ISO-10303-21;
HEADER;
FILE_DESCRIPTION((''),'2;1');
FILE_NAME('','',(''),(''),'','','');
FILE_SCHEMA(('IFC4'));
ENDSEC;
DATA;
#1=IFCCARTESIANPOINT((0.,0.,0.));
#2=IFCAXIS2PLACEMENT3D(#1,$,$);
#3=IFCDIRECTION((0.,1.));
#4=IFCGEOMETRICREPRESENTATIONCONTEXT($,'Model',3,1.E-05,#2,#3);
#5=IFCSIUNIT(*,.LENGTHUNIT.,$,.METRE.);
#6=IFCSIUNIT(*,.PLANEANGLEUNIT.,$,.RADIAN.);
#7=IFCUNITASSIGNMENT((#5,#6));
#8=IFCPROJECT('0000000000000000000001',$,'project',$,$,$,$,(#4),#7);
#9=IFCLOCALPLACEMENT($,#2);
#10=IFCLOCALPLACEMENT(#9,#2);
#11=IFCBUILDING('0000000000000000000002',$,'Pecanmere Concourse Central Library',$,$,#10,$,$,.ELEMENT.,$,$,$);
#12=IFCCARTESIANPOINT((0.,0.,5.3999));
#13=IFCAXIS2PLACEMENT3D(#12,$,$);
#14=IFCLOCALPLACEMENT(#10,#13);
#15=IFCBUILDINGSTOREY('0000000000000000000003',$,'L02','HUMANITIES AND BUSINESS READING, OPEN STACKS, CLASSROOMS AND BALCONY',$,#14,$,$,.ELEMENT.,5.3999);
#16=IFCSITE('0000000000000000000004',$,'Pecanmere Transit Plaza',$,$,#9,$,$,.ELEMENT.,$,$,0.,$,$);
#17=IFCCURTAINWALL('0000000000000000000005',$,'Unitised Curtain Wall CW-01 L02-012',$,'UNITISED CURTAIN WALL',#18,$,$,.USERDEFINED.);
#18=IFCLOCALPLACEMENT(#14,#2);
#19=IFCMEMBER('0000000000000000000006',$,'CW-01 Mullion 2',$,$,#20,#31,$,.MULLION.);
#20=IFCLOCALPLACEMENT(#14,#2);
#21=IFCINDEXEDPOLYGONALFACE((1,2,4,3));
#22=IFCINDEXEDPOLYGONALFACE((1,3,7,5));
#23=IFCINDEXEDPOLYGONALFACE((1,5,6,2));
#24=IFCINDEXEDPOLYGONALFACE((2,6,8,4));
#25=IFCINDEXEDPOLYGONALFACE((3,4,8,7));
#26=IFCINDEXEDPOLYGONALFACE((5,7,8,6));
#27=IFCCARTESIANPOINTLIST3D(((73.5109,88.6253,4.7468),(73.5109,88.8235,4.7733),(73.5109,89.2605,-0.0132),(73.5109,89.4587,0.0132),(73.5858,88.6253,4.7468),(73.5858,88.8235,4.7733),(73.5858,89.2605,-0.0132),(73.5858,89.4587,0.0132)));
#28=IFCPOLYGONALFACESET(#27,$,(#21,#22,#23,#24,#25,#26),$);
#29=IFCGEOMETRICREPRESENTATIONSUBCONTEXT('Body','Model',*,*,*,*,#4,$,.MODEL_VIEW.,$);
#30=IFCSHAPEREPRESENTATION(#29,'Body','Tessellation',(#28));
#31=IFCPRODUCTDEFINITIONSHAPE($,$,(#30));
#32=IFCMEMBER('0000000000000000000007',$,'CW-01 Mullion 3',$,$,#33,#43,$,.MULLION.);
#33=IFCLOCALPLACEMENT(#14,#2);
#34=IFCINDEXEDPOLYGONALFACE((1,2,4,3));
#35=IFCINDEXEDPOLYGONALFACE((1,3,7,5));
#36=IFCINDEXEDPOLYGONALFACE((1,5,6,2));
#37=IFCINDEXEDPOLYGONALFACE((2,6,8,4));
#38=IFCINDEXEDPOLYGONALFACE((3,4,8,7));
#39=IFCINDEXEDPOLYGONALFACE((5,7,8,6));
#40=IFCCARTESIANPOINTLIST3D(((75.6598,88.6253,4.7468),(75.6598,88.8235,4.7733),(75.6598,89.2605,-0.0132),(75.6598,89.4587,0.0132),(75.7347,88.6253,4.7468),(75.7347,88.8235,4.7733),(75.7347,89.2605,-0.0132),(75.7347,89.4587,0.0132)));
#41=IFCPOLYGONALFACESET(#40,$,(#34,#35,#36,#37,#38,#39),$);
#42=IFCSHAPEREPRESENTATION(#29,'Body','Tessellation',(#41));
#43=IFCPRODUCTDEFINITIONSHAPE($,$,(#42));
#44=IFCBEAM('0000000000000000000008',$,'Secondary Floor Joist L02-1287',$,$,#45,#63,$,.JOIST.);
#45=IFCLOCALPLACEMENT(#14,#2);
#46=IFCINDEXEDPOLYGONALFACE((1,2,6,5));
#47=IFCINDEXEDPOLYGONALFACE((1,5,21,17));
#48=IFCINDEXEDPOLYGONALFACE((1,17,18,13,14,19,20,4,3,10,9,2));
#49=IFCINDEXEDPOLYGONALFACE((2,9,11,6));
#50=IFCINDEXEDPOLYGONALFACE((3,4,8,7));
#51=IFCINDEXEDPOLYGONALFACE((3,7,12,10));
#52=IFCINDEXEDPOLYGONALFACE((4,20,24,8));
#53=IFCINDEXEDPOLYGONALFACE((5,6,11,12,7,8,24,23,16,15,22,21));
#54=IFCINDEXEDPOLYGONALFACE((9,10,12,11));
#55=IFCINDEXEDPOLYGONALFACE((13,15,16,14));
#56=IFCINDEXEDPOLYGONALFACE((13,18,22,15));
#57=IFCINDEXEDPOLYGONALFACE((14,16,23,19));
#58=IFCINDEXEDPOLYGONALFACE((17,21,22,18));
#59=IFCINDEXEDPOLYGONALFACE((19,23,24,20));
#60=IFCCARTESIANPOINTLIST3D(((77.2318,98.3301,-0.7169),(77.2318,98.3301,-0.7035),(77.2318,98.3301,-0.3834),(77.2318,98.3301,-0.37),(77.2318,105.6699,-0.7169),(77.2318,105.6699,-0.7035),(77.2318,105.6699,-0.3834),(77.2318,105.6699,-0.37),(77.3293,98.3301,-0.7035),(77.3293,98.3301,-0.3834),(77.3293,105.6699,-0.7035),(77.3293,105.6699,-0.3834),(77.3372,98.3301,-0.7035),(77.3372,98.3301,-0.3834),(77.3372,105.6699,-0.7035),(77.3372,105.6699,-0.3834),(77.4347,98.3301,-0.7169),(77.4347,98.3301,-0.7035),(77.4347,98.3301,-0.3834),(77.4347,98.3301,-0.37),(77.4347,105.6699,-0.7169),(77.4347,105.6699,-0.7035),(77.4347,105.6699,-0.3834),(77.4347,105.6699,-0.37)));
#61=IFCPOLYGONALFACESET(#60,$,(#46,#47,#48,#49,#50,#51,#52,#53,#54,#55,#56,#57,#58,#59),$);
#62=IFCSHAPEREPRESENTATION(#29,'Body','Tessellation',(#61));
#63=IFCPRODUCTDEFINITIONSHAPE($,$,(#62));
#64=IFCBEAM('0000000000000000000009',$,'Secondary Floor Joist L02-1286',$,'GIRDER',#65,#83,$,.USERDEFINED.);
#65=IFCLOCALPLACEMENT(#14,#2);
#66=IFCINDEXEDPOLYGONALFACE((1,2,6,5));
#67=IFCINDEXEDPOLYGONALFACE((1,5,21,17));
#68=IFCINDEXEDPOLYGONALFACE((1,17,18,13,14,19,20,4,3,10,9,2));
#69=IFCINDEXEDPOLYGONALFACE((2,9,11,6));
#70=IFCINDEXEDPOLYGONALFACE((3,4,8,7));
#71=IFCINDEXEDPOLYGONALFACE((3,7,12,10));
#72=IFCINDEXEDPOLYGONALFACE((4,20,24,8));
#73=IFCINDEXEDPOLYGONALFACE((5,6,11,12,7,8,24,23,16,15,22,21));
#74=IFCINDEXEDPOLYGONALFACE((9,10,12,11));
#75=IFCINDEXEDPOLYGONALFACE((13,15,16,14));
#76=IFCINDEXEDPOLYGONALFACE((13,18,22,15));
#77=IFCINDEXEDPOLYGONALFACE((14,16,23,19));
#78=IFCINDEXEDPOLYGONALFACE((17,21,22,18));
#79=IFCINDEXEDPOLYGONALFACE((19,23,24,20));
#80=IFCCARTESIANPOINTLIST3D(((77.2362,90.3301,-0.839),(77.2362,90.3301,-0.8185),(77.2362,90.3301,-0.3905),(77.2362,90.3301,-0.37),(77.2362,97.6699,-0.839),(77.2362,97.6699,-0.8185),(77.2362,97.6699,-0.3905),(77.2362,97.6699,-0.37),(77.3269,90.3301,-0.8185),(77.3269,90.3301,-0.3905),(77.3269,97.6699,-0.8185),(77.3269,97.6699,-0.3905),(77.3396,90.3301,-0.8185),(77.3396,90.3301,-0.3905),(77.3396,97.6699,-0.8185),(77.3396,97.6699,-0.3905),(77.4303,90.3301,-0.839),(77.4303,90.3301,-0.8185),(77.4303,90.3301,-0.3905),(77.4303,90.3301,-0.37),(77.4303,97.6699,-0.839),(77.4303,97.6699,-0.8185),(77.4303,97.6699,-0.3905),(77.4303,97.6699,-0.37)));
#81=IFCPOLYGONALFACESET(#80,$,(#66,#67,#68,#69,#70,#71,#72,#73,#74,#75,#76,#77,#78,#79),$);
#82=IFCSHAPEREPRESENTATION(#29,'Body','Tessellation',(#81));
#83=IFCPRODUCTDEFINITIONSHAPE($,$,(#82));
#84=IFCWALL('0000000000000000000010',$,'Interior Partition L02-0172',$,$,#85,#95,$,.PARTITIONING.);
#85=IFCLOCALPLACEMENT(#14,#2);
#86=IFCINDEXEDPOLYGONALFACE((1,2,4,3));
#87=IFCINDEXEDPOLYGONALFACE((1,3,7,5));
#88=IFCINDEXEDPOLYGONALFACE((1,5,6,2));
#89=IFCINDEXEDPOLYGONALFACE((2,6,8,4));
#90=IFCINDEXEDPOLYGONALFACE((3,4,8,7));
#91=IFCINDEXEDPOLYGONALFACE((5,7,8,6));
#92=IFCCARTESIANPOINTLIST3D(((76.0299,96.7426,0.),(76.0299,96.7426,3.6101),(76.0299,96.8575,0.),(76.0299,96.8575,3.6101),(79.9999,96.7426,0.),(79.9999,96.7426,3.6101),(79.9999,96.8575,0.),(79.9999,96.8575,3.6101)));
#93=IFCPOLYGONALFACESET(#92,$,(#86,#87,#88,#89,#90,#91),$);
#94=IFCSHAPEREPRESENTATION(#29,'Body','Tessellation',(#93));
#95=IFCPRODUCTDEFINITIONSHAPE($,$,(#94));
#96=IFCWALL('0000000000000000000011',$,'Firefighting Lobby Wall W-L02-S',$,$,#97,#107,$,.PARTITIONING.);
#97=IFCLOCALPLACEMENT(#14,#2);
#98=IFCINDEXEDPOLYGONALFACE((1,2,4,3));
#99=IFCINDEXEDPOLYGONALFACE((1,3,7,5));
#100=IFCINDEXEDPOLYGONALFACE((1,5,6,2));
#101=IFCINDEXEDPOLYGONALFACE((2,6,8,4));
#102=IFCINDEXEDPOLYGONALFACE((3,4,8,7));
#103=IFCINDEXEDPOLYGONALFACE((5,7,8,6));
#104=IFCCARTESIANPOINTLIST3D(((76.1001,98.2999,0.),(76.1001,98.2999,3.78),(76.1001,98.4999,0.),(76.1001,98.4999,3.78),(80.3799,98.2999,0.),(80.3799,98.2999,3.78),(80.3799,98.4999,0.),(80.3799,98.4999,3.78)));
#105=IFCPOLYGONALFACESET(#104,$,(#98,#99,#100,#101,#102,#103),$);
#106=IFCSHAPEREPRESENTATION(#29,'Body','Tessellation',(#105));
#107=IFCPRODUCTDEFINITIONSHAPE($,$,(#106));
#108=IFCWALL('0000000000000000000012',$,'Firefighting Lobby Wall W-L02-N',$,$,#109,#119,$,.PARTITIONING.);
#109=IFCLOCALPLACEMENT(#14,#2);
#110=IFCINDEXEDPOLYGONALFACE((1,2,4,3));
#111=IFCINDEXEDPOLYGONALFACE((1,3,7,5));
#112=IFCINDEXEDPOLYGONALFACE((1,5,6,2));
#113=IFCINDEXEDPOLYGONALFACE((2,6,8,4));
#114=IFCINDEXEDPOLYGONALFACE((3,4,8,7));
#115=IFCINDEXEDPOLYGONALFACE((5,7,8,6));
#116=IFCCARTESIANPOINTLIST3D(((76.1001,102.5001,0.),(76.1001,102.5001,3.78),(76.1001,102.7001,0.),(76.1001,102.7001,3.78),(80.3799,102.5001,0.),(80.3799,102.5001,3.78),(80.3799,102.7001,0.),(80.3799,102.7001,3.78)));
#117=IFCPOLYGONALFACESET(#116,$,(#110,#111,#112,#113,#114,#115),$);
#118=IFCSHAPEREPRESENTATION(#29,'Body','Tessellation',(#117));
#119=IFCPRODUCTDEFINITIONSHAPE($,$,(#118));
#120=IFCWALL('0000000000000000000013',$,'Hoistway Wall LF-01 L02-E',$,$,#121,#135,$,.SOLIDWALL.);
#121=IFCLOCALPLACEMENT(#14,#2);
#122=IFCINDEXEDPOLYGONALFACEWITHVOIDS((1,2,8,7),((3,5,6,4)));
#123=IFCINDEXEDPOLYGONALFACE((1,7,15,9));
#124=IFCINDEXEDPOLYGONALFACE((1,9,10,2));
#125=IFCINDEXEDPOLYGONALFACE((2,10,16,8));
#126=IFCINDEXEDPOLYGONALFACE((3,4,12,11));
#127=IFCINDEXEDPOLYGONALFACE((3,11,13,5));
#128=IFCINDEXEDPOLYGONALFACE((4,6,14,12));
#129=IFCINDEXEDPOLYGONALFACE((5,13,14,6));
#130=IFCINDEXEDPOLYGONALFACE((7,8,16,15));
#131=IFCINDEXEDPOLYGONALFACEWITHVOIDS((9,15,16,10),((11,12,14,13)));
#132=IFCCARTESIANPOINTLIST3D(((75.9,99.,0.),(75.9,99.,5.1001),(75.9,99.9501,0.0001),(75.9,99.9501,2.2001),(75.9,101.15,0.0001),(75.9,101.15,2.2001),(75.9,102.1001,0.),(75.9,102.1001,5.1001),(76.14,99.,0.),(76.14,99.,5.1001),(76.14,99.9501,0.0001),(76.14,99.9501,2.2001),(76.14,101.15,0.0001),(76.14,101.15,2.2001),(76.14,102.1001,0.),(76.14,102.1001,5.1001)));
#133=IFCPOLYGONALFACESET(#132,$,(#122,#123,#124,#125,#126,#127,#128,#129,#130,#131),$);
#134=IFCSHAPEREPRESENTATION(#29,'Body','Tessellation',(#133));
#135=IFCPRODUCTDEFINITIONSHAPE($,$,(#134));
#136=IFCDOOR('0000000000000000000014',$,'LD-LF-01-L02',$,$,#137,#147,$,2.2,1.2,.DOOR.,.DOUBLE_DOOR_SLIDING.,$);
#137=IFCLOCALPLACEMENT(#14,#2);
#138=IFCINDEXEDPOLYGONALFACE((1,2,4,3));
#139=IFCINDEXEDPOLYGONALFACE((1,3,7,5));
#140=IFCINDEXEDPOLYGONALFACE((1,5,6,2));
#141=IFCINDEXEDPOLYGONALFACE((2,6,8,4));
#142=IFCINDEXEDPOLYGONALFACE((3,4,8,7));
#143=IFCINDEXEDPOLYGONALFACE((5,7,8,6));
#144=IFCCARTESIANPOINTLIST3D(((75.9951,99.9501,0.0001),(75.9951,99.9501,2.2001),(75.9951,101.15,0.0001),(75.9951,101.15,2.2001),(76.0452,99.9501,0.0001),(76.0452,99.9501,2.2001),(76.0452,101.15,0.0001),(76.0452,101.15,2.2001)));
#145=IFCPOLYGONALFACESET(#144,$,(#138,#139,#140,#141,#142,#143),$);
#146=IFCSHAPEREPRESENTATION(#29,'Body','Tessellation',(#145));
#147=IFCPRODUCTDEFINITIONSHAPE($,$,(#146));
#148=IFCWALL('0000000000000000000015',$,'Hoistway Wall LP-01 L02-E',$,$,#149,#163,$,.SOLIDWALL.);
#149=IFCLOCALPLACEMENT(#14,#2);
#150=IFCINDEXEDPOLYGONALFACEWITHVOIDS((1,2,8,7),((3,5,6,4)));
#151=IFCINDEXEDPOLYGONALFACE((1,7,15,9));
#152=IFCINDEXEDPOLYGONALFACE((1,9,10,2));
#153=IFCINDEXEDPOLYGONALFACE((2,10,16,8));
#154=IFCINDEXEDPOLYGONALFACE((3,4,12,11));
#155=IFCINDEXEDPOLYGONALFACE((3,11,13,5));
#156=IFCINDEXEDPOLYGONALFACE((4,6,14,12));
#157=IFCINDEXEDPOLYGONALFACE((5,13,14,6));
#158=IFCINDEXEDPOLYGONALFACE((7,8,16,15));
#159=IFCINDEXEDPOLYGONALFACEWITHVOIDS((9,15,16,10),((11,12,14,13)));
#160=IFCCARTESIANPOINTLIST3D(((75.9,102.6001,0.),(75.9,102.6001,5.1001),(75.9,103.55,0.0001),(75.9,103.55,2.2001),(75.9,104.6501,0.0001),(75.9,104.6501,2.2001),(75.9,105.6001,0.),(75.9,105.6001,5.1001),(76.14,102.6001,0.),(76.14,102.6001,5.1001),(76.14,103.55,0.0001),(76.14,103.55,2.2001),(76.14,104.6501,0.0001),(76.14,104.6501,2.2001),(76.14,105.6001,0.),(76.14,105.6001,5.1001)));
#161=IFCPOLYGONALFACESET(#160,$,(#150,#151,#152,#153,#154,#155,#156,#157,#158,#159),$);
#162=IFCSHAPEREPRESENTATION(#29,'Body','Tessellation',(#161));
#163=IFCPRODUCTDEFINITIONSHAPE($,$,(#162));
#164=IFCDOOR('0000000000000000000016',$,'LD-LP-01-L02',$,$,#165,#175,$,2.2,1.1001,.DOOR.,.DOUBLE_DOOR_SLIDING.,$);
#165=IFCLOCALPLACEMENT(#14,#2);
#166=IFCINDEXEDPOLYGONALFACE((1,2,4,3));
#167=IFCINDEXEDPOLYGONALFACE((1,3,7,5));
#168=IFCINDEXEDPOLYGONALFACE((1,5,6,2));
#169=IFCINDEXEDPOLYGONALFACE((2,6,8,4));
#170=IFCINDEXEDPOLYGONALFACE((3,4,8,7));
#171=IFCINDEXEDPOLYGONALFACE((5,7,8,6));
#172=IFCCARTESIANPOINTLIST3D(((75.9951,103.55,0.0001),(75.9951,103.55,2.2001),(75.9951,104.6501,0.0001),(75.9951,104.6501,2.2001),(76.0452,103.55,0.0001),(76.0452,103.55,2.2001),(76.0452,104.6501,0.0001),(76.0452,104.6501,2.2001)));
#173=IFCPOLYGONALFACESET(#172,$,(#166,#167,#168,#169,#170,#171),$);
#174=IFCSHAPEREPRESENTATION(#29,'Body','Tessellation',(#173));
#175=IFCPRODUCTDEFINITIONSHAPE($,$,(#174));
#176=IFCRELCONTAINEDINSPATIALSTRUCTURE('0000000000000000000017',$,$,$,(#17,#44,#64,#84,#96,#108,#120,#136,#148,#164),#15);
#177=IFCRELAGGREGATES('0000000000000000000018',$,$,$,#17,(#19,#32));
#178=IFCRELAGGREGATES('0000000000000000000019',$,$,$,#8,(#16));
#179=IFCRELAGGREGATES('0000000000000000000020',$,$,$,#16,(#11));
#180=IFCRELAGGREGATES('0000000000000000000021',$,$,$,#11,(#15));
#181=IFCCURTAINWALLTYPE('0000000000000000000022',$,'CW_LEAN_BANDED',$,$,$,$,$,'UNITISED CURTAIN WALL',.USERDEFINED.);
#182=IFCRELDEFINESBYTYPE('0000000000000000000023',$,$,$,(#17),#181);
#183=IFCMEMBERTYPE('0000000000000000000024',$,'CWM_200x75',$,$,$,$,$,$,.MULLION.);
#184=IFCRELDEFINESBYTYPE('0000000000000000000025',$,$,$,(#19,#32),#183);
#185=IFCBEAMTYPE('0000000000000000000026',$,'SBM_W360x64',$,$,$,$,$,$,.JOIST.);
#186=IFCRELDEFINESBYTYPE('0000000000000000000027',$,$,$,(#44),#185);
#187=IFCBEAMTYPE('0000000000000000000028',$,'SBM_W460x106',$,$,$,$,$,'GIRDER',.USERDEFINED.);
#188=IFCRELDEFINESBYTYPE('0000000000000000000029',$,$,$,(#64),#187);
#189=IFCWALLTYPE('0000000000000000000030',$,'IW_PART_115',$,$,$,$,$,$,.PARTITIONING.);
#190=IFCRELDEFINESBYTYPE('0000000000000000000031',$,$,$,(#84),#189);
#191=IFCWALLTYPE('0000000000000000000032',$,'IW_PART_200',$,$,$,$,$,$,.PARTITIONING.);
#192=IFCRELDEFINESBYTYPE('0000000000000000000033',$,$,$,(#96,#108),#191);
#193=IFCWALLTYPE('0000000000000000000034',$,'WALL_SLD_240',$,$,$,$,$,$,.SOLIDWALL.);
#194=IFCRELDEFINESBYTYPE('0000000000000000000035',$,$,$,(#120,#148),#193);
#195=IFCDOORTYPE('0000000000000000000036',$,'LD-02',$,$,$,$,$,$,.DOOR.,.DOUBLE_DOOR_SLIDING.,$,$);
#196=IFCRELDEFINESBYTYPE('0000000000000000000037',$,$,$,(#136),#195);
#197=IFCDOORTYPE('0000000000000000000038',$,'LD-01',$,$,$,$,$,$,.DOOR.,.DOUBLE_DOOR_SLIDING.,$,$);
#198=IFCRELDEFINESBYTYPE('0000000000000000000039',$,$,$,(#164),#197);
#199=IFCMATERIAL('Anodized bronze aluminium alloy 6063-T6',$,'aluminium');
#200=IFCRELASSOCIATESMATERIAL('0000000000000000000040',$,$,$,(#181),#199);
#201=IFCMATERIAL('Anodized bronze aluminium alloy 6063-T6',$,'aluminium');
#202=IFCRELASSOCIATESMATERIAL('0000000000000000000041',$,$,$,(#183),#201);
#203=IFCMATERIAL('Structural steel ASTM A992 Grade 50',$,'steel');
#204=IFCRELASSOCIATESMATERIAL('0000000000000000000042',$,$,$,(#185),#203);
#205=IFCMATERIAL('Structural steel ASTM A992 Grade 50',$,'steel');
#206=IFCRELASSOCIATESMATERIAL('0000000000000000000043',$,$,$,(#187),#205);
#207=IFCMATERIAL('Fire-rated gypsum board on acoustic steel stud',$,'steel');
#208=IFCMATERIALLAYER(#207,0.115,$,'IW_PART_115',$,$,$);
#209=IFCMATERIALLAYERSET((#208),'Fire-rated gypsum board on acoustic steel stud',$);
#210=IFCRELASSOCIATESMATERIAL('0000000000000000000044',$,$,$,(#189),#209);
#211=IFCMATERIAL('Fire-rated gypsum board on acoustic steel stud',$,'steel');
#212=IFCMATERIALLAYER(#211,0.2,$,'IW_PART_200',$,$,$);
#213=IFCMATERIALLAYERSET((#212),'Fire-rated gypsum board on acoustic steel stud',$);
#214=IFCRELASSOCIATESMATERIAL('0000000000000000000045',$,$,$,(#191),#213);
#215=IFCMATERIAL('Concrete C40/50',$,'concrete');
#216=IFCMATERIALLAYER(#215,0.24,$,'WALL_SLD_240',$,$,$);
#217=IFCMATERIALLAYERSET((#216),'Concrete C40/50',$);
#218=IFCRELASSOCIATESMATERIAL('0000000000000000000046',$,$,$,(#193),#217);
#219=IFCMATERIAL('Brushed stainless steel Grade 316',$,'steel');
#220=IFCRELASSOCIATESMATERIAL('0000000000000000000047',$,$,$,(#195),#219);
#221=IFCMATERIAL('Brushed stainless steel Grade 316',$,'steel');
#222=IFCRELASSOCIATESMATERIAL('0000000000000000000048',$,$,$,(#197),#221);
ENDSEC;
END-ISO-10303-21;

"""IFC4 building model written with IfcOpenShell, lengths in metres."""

from ifc_helpers import new_model, si_unit, direction, frame, frame_2d, origin, origin_2d, place, context, subcontext, project, spatial, rectangle, i_section, extrude, material, layer, layer_set, material_profile, profile_set, type_object, element, fill, aggregate, save


model = new_model("IFC4")

# Units and contexts
model_context = context("Model", 3, precision=1e-05, world=origin(), true_north=direction((0.0, 1.0)))
body_context = subcontext(model_context, "Body", "Model", "MODEL_VIEW")
ifc_project = project(units=[si_unit("LENGTHUNIT", "METRE"), si_unit("PLANEANGLEUNIT", "RADIAN")], contexts=[model_context])

# Site, building, storey
site_placement = place(None, origin())
site = spatial("IfcSite", under=ifc_project, at=site_placement, Name="Pecanmere Transit Plaza", CompositionType="ELEMENT", RefElevation=0.0)
building_placement = place(site_placement, origin())
building = spatial("IfcBuilding", under=site, at=building_placement, Name="Pecanmere Concourse Central Library", CompositionType="ELEMENT")
storey_placement = place(building_placement, frame((0.0, 0.0, 5.3999)))
storey = spatial("IfcBuildingStorey", under=building, at=storey_placement, Name="L02", Description="HUMANITIES AND BUSINESS READING, OPEN STACKS, CLASSROOMS AND BALCONY", CompositionType="ELEMENT", Elevation=5.3999)

# Curtain wall, members
ifc_material_1 = material(Name="Anodized bronze aluminium alloy 6063-T6", Category="aluminium")
curtain_wall_type = type_object("IfcCurtainWallType", Name="CW_LEAN_BANDED", ElementType="UNITISED CURTAIN WALL", PredefinedType="USERDEFINED", material=ifc_material_1)
curtain_wall_placement = place(storey_placement, origin())
curtain_wall = element("IfcCurtainWall", 1, at=curtain_wall_placement, inside=storey, type_object=curtain_wall_type, Name="Unitised Curtain Wall CW-01 L02-012", ObjectType="UNITISED CURTAIN WALL", PredefinedType="USERDEFINED")
ifc_material_2 = material(Name="Anodized bronze aluminium alloy 6063-T6", Category="aluminium")
ifc_material_profile_1 = material_profile(ifc_material_2, rectangle(XDim=0.075, YDim=0.2, at=origin_2d()), Name="AL 75x200")
ifc_profile_set_1 = profile_set([ifc_material_profile_1], Name="Anodized bronze aluminium alloy 6063-T6")
member_type = type_object("IfcMemberType", Name="CWM_200x75", PredefinedType="MULLION", material=ifc_profile_set_1)
member_1_placement = place(storey_placement, frame((73.5483, 89.3596, 0.0), z_axis=(0.0, -0.132284, 0.991212), x_axis=(1.0, 0.0, 0.0)))
member_1 = element("IfcMember", 2, at=member_1_placement, type_object=member_type, Name="CW-01 Mullion 2", PredefinedType="MULLION", context=body_context, shape_type="SweptSolid", body=[
    extrude(rectangle(XDim=0.075, YDim=0.2, at=origin_2d()), origin(), (0.0, 0.0, 1.0), 4.8022),
])
member_2_placement = place(storey_placement, frame((75.6973, 89.3596, 0.0), z_axis=(0.0, -0.132284, 0.991212), x_axis=(1.0, 0.0, 0.0)))
member_2 = element("IfcMember", 3, at=member_2_placement, type_object=member_type, Name="CW-01 Mullion 3", PredefinedType="MULLION", context=body_context, shape_type="SweptSolid", body=[
    extrude(rectangle(XDim=0.075, YDim=0.2, at=origin_2d()), origin(), (0.0, 0.0, 1.0), 4.8022),
])
aggregate(curtain_wall, [member_1, member_2])

# Beams
ifc_material_3 = material(Name="Structural steel ASTM A992 Grade 50", Category="steel")
ifc_material_profile_2 = material_profile(ifc_material_3, i_section(OverallWidth=0.2029, OverallDepth=0.3469, WebThickness=0.0078, FlangeThickness=0.0134, at=origin_2d()), Name="W360x64")
ifc_profile_set_2 = profile_set([ifc_material_profile_2], Name="Structural steel ASTM A992 Grade 50")
beam_type_1 = type_object("IfcBeamType", Name="SBM_W360x64", PredefinedType="JOIST", material=ifc_profile_set_2)
beam_1_placement = place(storey_placement, frame((77.3333, 98.3301, -0.5435), z_axis=(0.0, 1.0, 0.0), x_axis=(-1.0, 0.0, 0.0)))
element("IfcBeam", 4, at=beam_1_placement, inside=storey, type_object=beam_type_1, Name="Secondary Floor Joist L02-1287", PredefinedType="JOIST", context=body_context, shape_type="SweptSolid", body=[
    extrude(i_section(OverallWidth=0.2029, OverallDepth=0.3469, WebThickness=0.0078, FlangeThickness=0.0134, at=origin_2d()), origin(), (0.0, 0.0, 1.0), 7.3398),
])
ifc_material_4 = material(Name="Structural steel ASTM A992 Grade 50", Category="steel")
ifc_material_profile_3 = material_profile(ifc_material_4, i_section(OverallWidth=0.1941, OverallDepth=0.469, WebThickness=0.0127, FlangeThickness=0.0205, at=origin_2d()), Name="W460x106")
ifc_profile_set_3 = profile_set([ifc_material_profile_3], Name="Structural steel ASTM A992 Grade 50")
beam_type_2 = type_object("IfcBeamType", Name="SBM_W460x106", ElementType="GIRDER", PredefinedType="USERDEFINED", material=ifc_profile_set_3)
beam_2_placement = place(storey_placement, frame((77.3333, 90.3301, -0.6045), z_axis=(0.0, 1.0, 0.0), x_axis=(-1.0, 0.0, 0.0)))
element("IfcBeam", 5, at=beam_2_placement, inside=storey, type_object=beam_type_2, Name="Secondary Floor Joist L02-1286", ObjectType="GIRDER", PredefinedType="USERDEFINED", context=body_context, shape_type="SweptSolid", body=[
    extrude(i_section(OverallWidth=0.1941, OverallDepth=0.469, WebThickness=0.0127, FlangeThickness=0.0205, at=origin_2d()), origin(), (0.0, 0.0, 1.0), 7.3398),
])

# Walls
ifc_material_5 = material(Name="Fire-rated gypsum board on acoustic steel stud", Category="steel")
ifc_layer_1 = layer(ifc_material_5, 0.115, Name="IW_PART_115")
ifc_layer_set_1 = layer_set([ifc_layer_1], Name="Fire-rated gypsum board on acoustic steel stud")
wall_type_1 = type_object("IfcWallType", Name="IW_PART_115", PredefinedType="PARTITIONING", material=ifc_layer_set_1)
wall_1_placement = place(storey_placement, frame((76.03, 96.8, 0.0), z_axis=(0.0, 0.0, 1.0), x_axis=(1.0, 0.0, 0.0)))
element("IfcWall", 6, at=wall_1_placement, inside=storey, type_object=wall_type_1, Name="Interior Partition L02-0172", PredefinedType="PARTITIONING", context=body_context, shape_type="SweptSolid", body=[
    extrude(rectangle(XDim=3.97, YDim=0.115, at=frame_2d((1.9849, 0.0))), origin(), (0.0, 0.0, 1.0), 3.6101),
])
ifc_material_6 = material(Name="Fire-rated gypsum board on acoustic steel stud", Category="steel")
ifc_layer_2 = layer(ifc_material_6, 0.2, Name="IW_PART_200")
ifc_layer_set_2 = layer_set([ifc_layer_2], Name="Fire-rated gypsum board on acoustic steel stud")
wall_type_2 = type_object("IfcWallType", Name="IW_PART_200", PredefinedType="PARTITIONING", material=ifc_layer_set_2)
for number, where, z_axis, x_axis, name in (
    (7, (76.1001, 98.3999, 0.0), (0.0, 0.0, 1.0), (1.0, 0.0, 0.0), "Firefighting Lobby Wall W-L02-S"),
    (8, (76.1001, 102.6001, 0.0), (0.0, 0.0, 1.0), (1.0, 0.0, 0.0), "Firefighting Lobby Wall W-L02-N"),
):
    element("IfcWall", number, at=place(storey_placement, frame(where, z_axis=z_axis, x_axis=x_axis)), inside=storey, type_object=wall_type_2, Name=name, PredefinedType="PARTITIONING", context=body_context, shape_type="SweptSolid", body=[
        extrude(rectangle(XDim=4.2798, YDim=0.2, at=frame_2d((2.1399, 0.0))), origin(), (0.0, 0.0, 1.0), 3.78),
    ])

# Walls, openings, doors
ifc_material_7 = material(Name="Concrete C40/50", Category="concrete")
ifc_layer_3 = layer(ifc_material_7, 0.24, Name="WALL_SLD_240")
ifc_layer_set_3 = layer_set([ifc_layer_3], Name="Concrete C40/50")
wall_type_3 = type_object("IfcWallType", Name="WALL_SLD_240", PredefinedType="SOLIDWALL", material=ifc_layer_set_3)
wall_2_placement = place(storey_placement, frame((76.02, 99.0, 0.0), z_axis=(0.0, 0.0, 1.0), x_axis=(0.0, 1.0, 0.0)))
wall_2 = element("IfcWall", 9, at=wall_2_placement, inside=storey, type_object=wall_type_3, Name="Hoistway Wall LF-01 L02-E", PredefinedType="SOLIDWALL", context=body_context, shape_type="SweptSolid", body=[
    extrude(rectangle(XDim=3.1001, YDim=0.24, at=frame_2d((1.55, 0.0))), origin(), (0.0, 0.0, 1.0), 5.1001),
])
opening_1_placement = place(wall_2_placement, frame((0.95, 0.0, 0.0)))
opening_1 = element("IfcOpeningElement", 10, at=opening_1_placement, cuts=wall_2, PredefinedType="OPENING", context=body_context, shape_type="SweptSolid", body=[
    extrude(rectangle(XDim=1.2, YDim=2.2, at=frame_2d((0.6001, 1.1001))), frame((0.0, 0.1318, 0.0), z_axis=(0.0, -1.0, 0.0), x_axis=(1.0, 0.0, 0.0)), (0.0, 0.0, 1.0), 0.2639),
])
ifc_material_8 = material(Name="Brushed stainless steel Grade 316", Category="steel")
door_type_1 = type_object("IfcDoorType", Name="LD-02", OperationType="DOUBLE_DOOR_SLIDING", PredefinedType="DOOR", material=ifc_material_8)
door_1_placement = place(opening_1_placement, origin())
door_1 = element("IfcDoor", 11, at=door_1_placement, inside=storey, type_object=door_type_1, Name="LD-LF-01-L02", OperationType="DOUBLE_DOOR_SLIDING", OverallHeight=2.2, OverallWidth=1.2, PredefinedType="DOOR", context=body_context, shape_type="SweptSolid", body=[
    extrude(rectangle(XDim=1.2, YDim=2.2, at=frame_2d((0.6001, 1.1001))), frame((0.0, 0.0249, 0.0), z_axis=(0.0, -1.0, 0.0), x_axis=(1.0, 0.0, 0.0)), (0.0, 0.0, 1.0), 0.05),
])
fill(opening_1, door_1)
wall_3_placement = place(storey_placement, frame((76.02, 102.6001, 0.0), z_axis=(0.0, 0.0, 1.0), x_axis=(0.0, 1.0, 0.0)))
wall_3 = element("IfcWall", 12, at=wall_3_placement, inside=storey, type_object=wall_type_3, Name="Hoistway Wall LP-01 L02-E", PredefinedType="SOLIDWALL", context=body_context, shape_type="SweptSolid", body=[
    extrude(rectangle(XDim=3.0, YDim=0.24, at=frame_2d((1.5, 0.0))), origin(), (0.0, 0.0, 1.0), 5.1001),
])
opening_2_placement = place(wall_3_placement, frame((0.95, 0.0, 0.0)))
opening_2 = element("IfcOpeningElement", 13, at=opening_2_placement, cuts=wall_3, PredefinedType="OPENING", context=body_context, shape_type="SweptSolid", body=[
    extrude(rectangle(XDim=1.1001, YDim=2.2, at=frame_2d((0.55, 1.1001))), frame((0.0, 0.1318, 0.0), z_axis=(0.0, -1.0, 0.0), x_axis=(1.0, 0.0, 0.0)), (0.0, 0.0, 1.0), 0.2639),
])
ifc_material_9 = material(Name="Brushed stainless steel Grade 316", Category="steel")
door_type_2 = type_object("IfcDoorType", Name="LD-01", OperationType="DOUBLE_DOOR_SLIDING", PredefinedType="DOOR", material=ifc_material_9)
door_2_placement = place(opening_2_placement, origin())
door_2 = element("IfcDoor", 14, at=door_2_placement, inside=storey, type_object=door_type_2, Name="LD-LP-01-L02", OperationType="DOUBLE_DOOR_SLIDING", OverallHeight=2.2, OverallWidth=1.1001, PredefinedType="DOOR", context=body_context, shape_type="SweptSolid", body=[
    extrude(rectangle(XDim=1.1001, YDim=2.2, at=frame_2d((0.55, 1.1001))), frame((0.0, 0.0249, 0.0), z_axis=(0.0, -1.0, 0.0), x_axis=(1.0, 0.0, 0.0)), (0.0, 0.0, 1.0), 0.05),
])
fill(opening_2, door_2)

save(model, "model.ifc")
